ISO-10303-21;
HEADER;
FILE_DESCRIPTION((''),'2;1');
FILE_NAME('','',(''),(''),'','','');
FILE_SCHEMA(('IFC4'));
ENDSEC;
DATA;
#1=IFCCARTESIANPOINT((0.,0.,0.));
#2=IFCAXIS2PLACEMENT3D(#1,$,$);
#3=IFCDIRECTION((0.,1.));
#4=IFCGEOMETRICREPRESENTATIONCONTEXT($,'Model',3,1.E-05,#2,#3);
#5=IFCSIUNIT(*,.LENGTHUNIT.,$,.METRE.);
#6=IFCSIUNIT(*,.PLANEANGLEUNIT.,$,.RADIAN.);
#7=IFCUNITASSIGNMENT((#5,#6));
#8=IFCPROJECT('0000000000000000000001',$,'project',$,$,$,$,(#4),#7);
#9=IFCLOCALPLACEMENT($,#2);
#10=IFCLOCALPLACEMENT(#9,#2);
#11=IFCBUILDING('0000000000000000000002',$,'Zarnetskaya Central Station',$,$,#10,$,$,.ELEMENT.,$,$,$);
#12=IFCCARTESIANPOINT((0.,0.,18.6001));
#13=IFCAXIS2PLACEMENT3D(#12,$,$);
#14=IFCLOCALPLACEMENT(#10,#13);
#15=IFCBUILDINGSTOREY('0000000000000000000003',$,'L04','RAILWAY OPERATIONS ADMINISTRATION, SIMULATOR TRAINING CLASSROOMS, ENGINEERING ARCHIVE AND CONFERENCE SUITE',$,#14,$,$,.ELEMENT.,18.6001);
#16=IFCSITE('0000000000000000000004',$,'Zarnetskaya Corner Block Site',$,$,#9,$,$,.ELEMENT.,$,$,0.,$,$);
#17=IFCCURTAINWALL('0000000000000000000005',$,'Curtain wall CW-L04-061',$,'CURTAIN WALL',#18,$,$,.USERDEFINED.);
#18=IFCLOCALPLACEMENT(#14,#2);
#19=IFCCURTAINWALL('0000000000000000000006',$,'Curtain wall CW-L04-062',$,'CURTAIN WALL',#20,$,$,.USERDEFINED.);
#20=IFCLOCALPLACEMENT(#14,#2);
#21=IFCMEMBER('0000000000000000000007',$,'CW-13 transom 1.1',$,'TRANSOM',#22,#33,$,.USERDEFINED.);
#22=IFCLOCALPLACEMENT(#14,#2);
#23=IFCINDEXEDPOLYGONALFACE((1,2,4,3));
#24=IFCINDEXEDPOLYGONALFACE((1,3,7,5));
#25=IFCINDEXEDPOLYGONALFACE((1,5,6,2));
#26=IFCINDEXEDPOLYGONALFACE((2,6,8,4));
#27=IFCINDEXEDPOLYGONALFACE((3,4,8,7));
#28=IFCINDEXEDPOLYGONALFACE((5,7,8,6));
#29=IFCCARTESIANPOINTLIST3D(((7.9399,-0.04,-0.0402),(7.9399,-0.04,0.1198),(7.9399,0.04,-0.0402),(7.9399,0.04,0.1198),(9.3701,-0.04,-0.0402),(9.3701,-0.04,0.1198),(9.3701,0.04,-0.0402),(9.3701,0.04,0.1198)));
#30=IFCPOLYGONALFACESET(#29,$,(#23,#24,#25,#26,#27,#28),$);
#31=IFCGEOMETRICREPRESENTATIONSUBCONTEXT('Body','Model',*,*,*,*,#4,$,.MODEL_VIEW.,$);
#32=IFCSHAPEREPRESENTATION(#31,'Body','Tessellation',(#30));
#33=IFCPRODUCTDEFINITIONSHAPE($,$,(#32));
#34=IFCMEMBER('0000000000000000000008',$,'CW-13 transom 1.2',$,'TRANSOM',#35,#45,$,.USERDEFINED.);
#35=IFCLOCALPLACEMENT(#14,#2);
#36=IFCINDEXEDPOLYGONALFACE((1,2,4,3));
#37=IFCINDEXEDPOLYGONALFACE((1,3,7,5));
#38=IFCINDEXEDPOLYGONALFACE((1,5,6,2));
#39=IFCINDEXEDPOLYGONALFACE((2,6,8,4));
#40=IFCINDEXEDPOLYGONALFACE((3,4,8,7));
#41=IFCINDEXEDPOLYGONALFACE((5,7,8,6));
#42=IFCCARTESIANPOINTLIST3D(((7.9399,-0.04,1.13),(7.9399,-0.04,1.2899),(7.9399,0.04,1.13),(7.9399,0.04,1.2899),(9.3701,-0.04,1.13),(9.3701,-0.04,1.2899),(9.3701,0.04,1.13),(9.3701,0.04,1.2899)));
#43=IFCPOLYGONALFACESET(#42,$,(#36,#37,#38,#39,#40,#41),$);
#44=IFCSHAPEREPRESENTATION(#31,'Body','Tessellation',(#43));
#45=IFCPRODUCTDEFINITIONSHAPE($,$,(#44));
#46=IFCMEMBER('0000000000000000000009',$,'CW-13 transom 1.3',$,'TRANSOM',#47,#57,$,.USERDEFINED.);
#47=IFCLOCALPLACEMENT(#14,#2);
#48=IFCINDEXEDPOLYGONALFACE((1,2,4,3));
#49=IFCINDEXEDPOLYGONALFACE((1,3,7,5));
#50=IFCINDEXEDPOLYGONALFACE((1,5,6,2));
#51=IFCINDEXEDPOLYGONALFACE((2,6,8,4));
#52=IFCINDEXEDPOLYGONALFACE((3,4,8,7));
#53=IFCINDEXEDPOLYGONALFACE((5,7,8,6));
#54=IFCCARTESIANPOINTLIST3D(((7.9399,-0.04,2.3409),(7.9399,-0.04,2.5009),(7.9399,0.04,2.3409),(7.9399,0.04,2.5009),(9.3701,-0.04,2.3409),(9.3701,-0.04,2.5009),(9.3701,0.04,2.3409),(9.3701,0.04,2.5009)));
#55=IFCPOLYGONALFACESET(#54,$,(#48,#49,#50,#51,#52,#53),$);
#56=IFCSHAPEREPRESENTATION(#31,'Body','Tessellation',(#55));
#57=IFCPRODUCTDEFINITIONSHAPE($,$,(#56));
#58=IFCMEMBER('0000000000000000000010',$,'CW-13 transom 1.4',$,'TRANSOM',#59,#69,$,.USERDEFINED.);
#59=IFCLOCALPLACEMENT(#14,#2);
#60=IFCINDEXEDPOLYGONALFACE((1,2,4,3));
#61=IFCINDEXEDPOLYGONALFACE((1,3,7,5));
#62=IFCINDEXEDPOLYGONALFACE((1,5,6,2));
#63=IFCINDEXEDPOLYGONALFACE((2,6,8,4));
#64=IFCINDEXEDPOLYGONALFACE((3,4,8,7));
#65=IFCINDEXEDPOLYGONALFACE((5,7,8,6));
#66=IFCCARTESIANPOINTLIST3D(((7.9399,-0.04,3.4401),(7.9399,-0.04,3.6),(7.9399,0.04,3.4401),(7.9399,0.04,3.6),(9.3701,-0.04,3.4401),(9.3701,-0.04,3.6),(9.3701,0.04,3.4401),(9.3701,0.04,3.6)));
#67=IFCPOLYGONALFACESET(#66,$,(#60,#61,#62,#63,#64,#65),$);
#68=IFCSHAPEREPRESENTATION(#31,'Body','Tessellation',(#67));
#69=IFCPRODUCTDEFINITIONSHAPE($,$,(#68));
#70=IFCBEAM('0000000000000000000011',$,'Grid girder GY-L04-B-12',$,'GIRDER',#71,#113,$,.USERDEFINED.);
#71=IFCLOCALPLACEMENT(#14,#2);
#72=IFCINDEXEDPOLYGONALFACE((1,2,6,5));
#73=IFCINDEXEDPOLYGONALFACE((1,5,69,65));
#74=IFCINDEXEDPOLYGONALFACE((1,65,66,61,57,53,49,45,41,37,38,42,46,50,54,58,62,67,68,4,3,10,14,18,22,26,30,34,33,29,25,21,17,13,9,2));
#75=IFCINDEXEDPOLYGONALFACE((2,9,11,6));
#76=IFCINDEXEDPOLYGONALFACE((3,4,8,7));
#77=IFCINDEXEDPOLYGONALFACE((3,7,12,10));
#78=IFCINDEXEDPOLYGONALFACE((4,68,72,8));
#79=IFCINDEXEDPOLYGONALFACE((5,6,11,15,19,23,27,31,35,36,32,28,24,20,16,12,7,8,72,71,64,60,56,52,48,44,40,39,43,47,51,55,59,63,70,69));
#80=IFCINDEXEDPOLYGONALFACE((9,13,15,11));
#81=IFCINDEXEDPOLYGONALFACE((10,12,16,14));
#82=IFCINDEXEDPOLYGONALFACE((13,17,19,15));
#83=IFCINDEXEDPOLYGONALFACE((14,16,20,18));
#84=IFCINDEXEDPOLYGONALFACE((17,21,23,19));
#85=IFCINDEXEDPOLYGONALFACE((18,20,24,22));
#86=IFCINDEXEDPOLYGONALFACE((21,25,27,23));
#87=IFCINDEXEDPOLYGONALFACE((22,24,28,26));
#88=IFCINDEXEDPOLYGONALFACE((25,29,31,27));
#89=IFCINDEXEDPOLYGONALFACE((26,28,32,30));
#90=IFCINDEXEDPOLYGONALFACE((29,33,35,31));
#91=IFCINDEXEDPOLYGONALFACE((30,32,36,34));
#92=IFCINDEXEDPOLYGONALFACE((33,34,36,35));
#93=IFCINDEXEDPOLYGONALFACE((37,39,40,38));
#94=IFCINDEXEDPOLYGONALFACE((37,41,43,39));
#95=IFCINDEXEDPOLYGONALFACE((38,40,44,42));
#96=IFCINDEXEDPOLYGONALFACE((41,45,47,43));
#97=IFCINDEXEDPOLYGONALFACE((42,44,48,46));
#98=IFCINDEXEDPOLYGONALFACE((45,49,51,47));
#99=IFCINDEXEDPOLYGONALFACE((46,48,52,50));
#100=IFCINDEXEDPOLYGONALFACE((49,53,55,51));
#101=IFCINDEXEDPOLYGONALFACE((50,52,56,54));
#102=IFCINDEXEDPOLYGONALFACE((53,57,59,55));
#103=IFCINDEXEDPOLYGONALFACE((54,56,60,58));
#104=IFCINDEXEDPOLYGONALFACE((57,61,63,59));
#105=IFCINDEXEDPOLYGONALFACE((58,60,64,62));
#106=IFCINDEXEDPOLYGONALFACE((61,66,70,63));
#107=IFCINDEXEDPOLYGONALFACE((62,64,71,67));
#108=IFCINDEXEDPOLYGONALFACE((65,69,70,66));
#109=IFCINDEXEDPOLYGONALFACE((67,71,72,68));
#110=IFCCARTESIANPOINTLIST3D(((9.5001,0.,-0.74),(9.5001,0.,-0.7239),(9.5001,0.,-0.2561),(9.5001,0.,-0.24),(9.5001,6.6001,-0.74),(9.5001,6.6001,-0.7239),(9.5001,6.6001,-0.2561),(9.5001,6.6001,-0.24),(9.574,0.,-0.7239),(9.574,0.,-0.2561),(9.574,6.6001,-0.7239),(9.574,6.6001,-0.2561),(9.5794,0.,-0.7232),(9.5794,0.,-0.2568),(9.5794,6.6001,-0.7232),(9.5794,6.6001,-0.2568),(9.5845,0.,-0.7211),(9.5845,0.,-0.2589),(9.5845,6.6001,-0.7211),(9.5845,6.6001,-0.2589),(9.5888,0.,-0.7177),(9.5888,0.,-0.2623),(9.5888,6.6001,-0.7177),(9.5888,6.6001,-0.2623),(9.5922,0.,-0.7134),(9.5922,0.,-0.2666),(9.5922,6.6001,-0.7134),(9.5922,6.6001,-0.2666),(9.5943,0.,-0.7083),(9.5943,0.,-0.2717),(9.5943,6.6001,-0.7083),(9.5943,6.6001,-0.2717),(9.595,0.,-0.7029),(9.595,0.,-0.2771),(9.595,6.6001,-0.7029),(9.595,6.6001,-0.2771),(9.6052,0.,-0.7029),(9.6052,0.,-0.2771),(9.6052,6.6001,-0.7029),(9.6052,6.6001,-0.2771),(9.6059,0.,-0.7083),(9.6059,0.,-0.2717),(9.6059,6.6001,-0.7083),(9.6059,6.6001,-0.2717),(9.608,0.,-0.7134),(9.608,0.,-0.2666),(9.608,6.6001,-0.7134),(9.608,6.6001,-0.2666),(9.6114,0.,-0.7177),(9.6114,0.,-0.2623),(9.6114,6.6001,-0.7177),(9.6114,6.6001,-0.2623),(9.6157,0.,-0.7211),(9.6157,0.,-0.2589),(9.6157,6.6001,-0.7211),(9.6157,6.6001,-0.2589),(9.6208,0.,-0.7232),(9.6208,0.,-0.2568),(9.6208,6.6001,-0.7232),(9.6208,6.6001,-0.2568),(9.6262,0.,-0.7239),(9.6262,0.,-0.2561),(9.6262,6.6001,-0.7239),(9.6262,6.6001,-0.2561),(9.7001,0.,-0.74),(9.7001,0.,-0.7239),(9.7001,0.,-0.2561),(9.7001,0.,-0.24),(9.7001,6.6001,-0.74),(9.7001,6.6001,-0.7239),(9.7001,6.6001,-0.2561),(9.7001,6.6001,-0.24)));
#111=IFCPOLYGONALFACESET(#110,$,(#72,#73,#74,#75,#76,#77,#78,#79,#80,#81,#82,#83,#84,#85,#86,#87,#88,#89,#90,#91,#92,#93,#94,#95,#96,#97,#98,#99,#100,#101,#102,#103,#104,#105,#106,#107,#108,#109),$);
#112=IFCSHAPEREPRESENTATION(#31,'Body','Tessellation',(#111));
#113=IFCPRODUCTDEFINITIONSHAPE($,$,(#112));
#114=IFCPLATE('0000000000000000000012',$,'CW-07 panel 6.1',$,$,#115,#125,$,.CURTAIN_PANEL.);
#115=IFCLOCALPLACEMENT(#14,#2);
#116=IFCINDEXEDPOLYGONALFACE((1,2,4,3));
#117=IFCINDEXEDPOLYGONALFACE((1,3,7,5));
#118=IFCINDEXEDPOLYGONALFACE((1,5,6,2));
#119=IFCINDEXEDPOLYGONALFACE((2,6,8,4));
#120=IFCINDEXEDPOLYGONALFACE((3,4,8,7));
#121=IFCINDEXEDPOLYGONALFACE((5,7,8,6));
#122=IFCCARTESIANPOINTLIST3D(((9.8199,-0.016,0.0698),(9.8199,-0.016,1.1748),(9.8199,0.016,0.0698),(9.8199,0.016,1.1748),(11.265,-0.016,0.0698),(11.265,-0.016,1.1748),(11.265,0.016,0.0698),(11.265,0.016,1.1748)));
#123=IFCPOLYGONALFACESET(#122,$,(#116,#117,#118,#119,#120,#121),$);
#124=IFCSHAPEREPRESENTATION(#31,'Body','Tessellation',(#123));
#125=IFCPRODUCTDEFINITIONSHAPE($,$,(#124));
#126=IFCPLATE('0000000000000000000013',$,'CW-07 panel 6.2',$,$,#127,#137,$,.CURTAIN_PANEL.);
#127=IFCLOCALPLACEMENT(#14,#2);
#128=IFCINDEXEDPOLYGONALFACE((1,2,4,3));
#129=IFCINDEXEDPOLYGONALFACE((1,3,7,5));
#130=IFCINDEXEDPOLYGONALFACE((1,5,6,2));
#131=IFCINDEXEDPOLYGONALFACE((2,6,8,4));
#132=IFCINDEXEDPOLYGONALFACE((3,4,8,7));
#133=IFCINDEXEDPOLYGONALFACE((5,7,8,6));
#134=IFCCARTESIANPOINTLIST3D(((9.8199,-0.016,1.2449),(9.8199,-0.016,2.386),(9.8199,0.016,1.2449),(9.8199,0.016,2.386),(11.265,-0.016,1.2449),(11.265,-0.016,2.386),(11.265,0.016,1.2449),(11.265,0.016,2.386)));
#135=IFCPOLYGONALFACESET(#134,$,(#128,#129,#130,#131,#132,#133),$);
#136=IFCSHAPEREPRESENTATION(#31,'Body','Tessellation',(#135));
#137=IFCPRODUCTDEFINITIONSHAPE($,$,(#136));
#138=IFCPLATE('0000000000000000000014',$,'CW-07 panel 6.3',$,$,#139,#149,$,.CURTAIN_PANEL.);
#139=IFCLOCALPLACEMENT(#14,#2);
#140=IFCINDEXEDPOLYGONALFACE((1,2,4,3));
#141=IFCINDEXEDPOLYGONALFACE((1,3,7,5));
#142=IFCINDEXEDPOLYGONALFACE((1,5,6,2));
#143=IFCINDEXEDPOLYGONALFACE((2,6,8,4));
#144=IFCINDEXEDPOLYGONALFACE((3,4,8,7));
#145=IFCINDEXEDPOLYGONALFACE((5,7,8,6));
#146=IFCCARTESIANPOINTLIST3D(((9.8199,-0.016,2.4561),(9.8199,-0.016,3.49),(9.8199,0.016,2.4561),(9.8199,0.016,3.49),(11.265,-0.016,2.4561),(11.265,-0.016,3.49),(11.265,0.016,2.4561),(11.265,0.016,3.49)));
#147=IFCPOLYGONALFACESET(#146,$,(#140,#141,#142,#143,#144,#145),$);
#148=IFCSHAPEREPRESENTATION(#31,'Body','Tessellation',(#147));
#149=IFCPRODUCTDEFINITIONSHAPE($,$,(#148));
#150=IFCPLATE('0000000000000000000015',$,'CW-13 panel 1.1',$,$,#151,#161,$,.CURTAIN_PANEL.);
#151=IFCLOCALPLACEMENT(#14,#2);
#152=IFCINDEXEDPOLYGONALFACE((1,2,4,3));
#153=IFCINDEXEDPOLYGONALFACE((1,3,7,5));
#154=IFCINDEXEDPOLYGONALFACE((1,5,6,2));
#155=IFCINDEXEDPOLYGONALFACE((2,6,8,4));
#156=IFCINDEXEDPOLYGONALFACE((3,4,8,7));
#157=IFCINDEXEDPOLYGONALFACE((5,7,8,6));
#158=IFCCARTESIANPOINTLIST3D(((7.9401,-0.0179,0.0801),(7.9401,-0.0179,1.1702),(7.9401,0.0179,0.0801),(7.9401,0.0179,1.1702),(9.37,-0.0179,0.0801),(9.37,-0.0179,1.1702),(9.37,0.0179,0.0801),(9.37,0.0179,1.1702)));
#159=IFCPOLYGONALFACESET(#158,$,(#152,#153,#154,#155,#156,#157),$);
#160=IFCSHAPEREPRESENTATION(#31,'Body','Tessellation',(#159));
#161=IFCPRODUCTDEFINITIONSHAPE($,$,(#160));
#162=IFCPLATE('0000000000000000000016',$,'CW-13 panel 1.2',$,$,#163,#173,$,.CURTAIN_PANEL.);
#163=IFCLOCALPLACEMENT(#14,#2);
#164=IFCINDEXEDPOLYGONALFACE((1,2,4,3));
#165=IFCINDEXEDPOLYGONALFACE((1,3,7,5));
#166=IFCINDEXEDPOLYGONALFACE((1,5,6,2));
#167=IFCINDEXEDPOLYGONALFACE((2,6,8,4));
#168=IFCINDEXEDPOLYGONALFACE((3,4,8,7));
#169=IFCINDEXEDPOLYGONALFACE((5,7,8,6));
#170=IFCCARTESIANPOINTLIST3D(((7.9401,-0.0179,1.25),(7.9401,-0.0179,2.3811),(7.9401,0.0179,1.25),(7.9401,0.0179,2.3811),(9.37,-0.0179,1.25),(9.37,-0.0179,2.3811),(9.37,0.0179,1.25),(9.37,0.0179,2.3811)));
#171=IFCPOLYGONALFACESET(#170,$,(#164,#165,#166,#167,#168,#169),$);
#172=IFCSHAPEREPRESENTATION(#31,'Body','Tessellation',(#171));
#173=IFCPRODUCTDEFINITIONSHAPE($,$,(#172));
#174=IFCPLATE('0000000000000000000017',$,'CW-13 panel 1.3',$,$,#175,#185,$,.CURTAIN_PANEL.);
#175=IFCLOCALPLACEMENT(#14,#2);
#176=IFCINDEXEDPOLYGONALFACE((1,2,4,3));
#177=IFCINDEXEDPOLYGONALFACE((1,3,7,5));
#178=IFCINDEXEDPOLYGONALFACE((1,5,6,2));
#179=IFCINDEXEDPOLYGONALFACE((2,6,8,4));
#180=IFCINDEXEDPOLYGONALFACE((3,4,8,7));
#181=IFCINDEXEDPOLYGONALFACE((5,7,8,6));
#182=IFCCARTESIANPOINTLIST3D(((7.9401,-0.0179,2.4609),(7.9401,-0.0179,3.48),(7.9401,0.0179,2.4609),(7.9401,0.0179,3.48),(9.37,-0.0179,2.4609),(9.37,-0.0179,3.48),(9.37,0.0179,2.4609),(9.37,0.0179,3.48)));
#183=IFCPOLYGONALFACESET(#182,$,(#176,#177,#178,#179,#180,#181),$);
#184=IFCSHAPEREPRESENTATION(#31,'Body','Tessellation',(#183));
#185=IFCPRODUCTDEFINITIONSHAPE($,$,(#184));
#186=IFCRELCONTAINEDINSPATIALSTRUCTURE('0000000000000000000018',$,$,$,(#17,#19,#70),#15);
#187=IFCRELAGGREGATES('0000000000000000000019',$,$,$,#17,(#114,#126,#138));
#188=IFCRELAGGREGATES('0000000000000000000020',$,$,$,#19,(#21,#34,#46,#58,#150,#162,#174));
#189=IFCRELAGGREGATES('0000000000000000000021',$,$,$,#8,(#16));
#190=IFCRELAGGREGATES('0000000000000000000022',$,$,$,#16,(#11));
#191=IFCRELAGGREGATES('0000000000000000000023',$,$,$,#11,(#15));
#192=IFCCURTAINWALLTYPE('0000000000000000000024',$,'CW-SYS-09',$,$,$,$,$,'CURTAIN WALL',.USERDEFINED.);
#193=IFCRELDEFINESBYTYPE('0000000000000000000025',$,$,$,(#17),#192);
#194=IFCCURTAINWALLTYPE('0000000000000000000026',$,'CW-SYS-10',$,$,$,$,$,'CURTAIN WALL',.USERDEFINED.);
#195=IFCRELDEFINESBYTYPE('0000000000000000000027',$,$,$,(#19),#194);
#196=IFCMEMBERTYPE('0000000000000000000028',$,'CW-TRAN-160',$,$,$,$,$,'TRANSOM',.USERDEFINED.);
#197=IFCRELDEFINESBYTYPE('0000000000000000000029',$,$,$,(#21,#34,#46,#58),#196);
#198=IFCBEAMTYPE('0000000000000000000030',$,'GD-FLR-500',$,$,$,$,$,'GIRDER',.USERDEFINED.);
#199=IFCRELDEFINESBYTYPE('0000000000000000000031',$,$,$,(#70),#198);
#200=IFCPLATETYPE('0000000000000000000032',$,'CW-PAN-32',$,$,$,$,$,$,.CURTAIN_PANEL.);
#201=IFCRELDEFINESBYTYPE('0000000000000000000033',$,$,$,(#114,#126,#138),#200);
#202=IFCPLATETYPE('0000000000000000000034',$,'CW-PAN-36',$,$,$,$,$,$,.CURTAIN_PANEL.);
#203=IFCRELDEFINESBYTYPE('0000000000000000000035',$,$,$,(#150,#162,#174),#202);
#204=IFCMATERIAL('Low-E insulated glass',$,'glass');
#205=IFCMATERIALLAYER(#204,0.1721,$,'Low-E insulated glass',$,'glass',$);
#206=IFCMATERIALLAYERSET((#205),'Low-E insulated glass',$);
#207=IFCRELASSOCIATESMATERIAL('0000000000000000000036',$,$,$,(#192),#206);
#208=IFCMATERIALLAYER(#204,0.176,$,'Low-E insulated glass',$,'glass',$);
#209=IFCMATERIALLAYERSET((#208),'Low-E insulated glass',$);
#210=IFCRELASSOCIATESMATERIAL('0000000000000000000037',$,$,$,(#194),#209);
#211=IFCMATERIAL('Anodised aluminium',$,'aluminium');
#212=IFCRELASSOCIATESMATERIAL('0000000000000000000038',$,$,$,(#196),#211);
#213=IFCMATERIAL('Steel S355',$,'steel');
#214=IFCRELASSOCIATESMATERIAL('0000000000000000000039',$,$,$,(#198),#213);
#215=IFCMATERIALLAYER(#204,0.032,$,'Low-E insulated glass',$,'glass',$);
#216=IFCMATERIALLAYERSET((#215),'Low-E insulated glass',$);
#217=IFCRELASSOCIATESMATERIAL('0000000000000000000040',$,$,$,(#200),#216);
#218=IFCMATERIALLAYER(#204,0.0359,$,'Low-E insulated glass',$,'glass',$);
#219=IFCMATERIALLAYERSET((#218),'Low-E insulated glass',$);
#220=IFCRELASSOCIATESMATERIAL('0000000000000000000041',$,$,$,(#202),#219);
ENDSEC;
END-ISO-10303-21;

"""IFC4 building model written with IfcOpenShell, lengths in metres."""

from ifc_helpers import new_model, si_unit, direction, frame, origin, origin_2d, place, context, subcontext, project, spatial, rectangle, i_section, extrude, material, layer, layer_set, material_profile, profile_set, type_object, element, aggregate, save


model = new_model("IFC4")

# Units and contexts
model_context = context("Model", 3, precision=1e-05, world=origin(), true_north=direction((0.0, 1.0)))
body_context = subcontext(model_context, "Body", "Model", "MODEL_VIEW")
ifc_project = project(units=[si_unit("LENGTHUNIT", "METRE"), si_unit("PLANEANGLEUNIT", "RADIAN")], contexts=[model_context])

# Site, building, storey
site_placement = place(None, origin())
site = spatial("IfcSite", under=ifc_project, at=site_placement, Name="Zarnetskaya Corner Block Site", CompositionType="ELEMENT", RefElevation=0.0)
building_placement = place(site_placement, origin())
building = spatial("IfcBuilding", under=site, at=building_placement, Name="Zarnetskaya Central Station", CompositionType="ELEMENT")
storey_placement = place(building_placement, frame((0.0, 0.0, 18.6001)))
storey = spatial("IfcBuildingStorey", under=building, at=storey_placement, Name="L04", Description="RAILWAY OPERATIONS ADMINISTRATION, SIMULATOR TRAINING CLASSROOMS, ENGINEERING ARCHIVE AND CONFERENCE SUITE", CompositionType="ELEMENT", Elevation=18.6001)

# Shared definitions
ifc_material_1 = material(Name="Steel S355", Category="steel")

# Curtain walls
ifc_material_2 = material(Name="Low-E insulated glass", Category="glass")
ifc_layer_1 = layer(ifc_material_2, 0.1721, Name="Low-E insulated glass", Category="glass")
ifc_layer_set_1 = layer_set([ifc_layer_1], Name="Low-E insulated glass")
curtain_wall_type_1 = type_object("IfcCurtainWallType", Name="CW-SYS-09", ElementType="CURTAIN WALL", PredefinedType="USERDEFINED", material=ifc_layer_set_1)
curtain_wall_1_placement = place(storey_placement, origin())
curtain_wall_1 = element("IfcCurtainWall", 1, at=curtain_wall_1_placement, inside=storey, type_object=curtain_wall_type_1, Name="Curtain wall CW-L04-061", ObjectType="CURTAIN WALL", PredefinedType="USERDEFINED")
ifc_material_3 = material(Name="Anodised aluminium", Category="aluminium")
ifc_layer_2 = layer(ifc_material_2, 0.176, Name="Low-E insulated glass", Category="glass")
ifc_layer_set_2 = layer_set([ifc_layer_2], Name="Low-E insulated glass")
curtain_wall_type_2 = type_object("IfcCurtainWallType", Name="CW-SYS-10", ElementType="CURTAIN WALL", PredefinedType="USERDEFINED", material=ifc_layer_set_2)
curtain_wall_2_placement = place(storey_placement, origin())
curtain_wall_2 = element("IfcCurtainWall", 2, at=curtain_wall_2_placement, inside=storey, type_object=curtain_wall_type_2, Name="Curtain wall CW-L04-062", ObjectType="CURTAIN WALL", PredefinedType="USERDEFINED")

# Members
ifc_material_profile_1 = material_profile(ifc_material_3, rectangle(XDim=0.0801, YDim=0.1599, at=origin_2d()), Name="ALU TRAN 80x160")
ifc_profile_set_1 = profile_set([ifc_material_profile_1], Name="Anodised aluminium")
member_type_1 = type_object("IfcMemberType", Name="CW-TRAN-160", ElementType="TRANSOM", PredefinedType="USERDEFINED", material=ifc_profile_set_1)
member_1_placement = place(storey_placement, frame((9.3701, 0.0, 0.0398), z_axis=(-1.0, 0.0, 0.0), x_axis=(0.0, -1.0, 0.0)))
member_1 = element("IfcMember", 3, at=member_1_placement, type_object=member_type_1, Name="CW-13 transom 1.1", ObjectType="TRANSOM", PredefinedType="USERDEFINED", context=body_context, shape_type="SweptSolid", body=[
    extrude(rectangle(XDim=0.0801, YDim=0.1599, at=origin_2d()), origin(), (0.0, 0.0, 1.0), 1.4302),
])
member_2_placement = place(storey_placement, frame((9.3701, 0.0, 1.21), z_axis=(-1.0, 0.0, 0.0), x_axis=(0.0, -1.0, 0.0)))
member_2 = element("IfcMember", 4, at=member_2_placement, type_object=member_type_1, Name="CW-13 transom 1.2", ObjectType="TRANSOM", PredefinedType="USERDEFINED", context=body_context, shape_type="SweptSolid", body=[
    extrude(rectangle(XDim=0.0801, YDim=0.1599, at=origin_2d()), origin(), (0.0, 0.0, 1.0), 1.4302),
])
member_3_placement = place(storey_placement, frame((9.3701, 0.0, 2.4209), z_axis=(-1.0, 0.0, 0.0), x_axis=(0.0, -1.0, 0.0)))
member_3 = element("IfcMember", 5, at=member_3_placement, type_object=member_type_1, Name="CW-13 transom 1.3", ObjectType="TRANSOM", PredefinedType="USERDEFINED", context=body_context, shape_type="SweptSolid", body=[
    extrude(rectangle(XDim=0.0801, YDim=0.1599, at=origin_2d()), origin(), (0.0, 0.0, 1.0), 1.4302),
])
member_4_placement = place(storey_placement, frame((9.3701, 0.0, 3.52), z_axis=(-1.0, 0.0, 0.0), x_axis=(0.0, -1.0, 0.0)))
member_4 = element("IfcMember", 6, at=member_4_placement, type_object=member_type_1, Name="CW-13 transom 1.4", ObjectType="TRANSOM", PredefinedType="USERDEFINED", context=body_context, shape_type="SweptSolid", body=[
    extrude(rectangle(XDim=0.0801, YDim=0.1599, at=origin_2d()), origin(), (0.0, 0.0, 1.0), 1.4302),
])

# Beam
ifc_material_profile_2 = material_profile(ifc_material_1, i_section(OverallWidth=0.2, OverallDepth=0.5, WebThickness=0.0103, FlangeThickness=0.0161, FilletRadius=0.021, at=origin_2d()), Name="IPE 500")
ifc_profile_set_2 = profile_set([ifc_material_profile_2], Name="Steel S355")
beam_type_1 = type_object("IfcBeamType", Name="GD-FLR-500", ElementType="GIRDER", PredefinedType="USERDEFINED", material=ifc_profile_set_2)
beam_1_placement = place(storey_placement, frame((9.6001, 0.0, -0.49), z_axis=(0.0, 1.0, 0.0), x_axis=(-1.0, 0.0, 0.0)))
element("IfcBeam", 7, at=beam_1_placement, inside=storey, type_object=beam_type_1, Name="Grid girder GY-L04-B-12", ObjectType="GIRDER", PredefinedType="USERDEFINED", context=body_context, shape_type="SweptSolid", body=[
    extrude(i_section(OverallWidth=0.2, OverallDepth=0.5, WebThickness=0.0103, FlangeThickness=0.0161, FilletRadius=0.021, at=origin_2d()), origin(), (0.0, 0.0, 1.0), 6.6001),
])

# Plates
ifc_layer_3 = layer(ifc_material_2, 0.032, Name="Low-E insulated glass", Category="glass")
ifc_layer_set_3 = layer_set([ifc_layer_3], Name="Low-E insulated glass")
plate_type_1 = type_object("IfcPlateType", Name="CW-PAN-32", PredefinedType="CURTAIN_PANEL", material=ifc_layer_set_3)
plate_1_placement = place(storey_placement, frame((10.5425, 0.0, 0.0698), z_axis=(0.0, 0.0, 1.0), x_axis=(-1.0, 0.0, 0.0)))
plate_1 = element("IfcPlate", 8, at=plate_1_placement, type_object=plate_type_1, Name="CW-07 panel 6.1", PredefinedType="CURTAIN_PANEL", context=body_context, shape_type="SweptSolid", body=[
    extrude(rectangle(XDim=1.4451, YDim=0.032, at=origin_2d()), origin(), (0.0, 0.0, 1.0), 1.105),
])
plate_2_placement = place(storey_placement, frame((10.5425, 0.0, 1.2449), z_axis=(0.0, 0.0, 1.0), x_axis=(-1.0, 0.0, 0.0)))
plate_2 = element("IfcPlate", 9, at=plate_2_placement, type_object=plate_type_1, Name="CW-07 panel 6.2", PredefinedType="CURTAIN_PANEL", context=body_context, shape_type="SweptSolid", body=[
    extrude(rectangle(XDim=1.4451, YDim=0.032, at=origin_2d()), origin(), (0.0, 0.0, 1.0), 1.1411),
])
plate_3_placement = place(storey_placement, frame((10.5425, 0.0, 2.4561), z_axis=(0.0, 0.0, 1.0), x_axis=(-1.0, 0.0, 0.0)))
plate_3 = element("IfcPlate", 10, at=plate_3_placement, type_object=plate_type_1, Name="CW-07 panel 6.3", PredefinedType="CURTAIN_PANEL", context=body_context, shape_type="SweptSolid", body=[
    extrude(rectangle(XDim=1.4451, YDim=0.032, at=origin_2d()), origin(), (0.0, 0.0, 1.0), 1.0339),
])
aggregate(curtain_wall_1, [plate_1, plate_2, plate_3])
ifc_layer_4 = layer(ifc_material_2, 0.0359, Name="Low-E insulated glass", Category="glass")
ifc_layer_set_4 = layer_set([ifc_layer_4], Name="Low-E insulated glass")
plate_type_2 = type_object("IfcPlateType", Name="CW-PAN-36", PredefinedType="CURTAIN_PANEL", material=ifc_layer_set_4)
plate_4_placement = place(storey_placement, frame((8.655, 0.0, 0.0801), z_axis=(0.0, 0.0, 1.0), x_axis=(-1.0, 0.0, 0.0)))
plate_4 = element("IfcPlate", 11, at=plate_4_placement, type_object=plate_type_2, Name="CW-13 panel 1.1", PredefinedType="CURTAIN_PANEL", context=body_context, shape_type="SweptSolid", body=[
    extrude(rectangle(XDim=1.4299, YDim=0.0359, at=origin_2d()), origin(), (0.0, 0.0, 1.0), 1.0901),
])
plate_5_placement = place(storey_placement, frame((8.655, 0.0, 1.25), z_axis=(0.0, 0.0, 1.0), x_axis=(-1.0, 0.0, 0.0)))
plate_5 = element("IfcPlate", 12, at=plate_5_placement, type_object=plate_type_2, Name="CW-13 panel 1.2", PredefinedType="CURTAIN_PANEL", context=body_context, shape_type="SweptSolid", body=[
    extrude(rectangle(XDim=1.4299, YDim=0.0359, at=origin_2d()), origin(), (0.0, 0.0, 1.0), 1.1311),
])
plate_6_placement = place(storey_placement, frame((8.655, 0.0, 2.4609), z_axis=(0.0, 0.0, 1.0), x_axis=(-1.0, 0.0, 0.0)))
plate_6 = element("IfcPlate", 13, at=plate_6_placement, type_object=plate_type_2, Name="CW-13 panel 1.3", PredefinedType="CURTAIN_PANEL", context=body_context, shape_type="SweptSolid", body=[
    extrude(rectangle(XDim=1.4299, YDim=0.0359, at=origin_2d()), origin(), (0.0, 0.0, 1.0), 1.019),
])
aggregate(curtain_wall_2, [member_1, member_2, member_3, member_4, plate_4, plate_5, plate_6])

save(model, "model.ifc")
